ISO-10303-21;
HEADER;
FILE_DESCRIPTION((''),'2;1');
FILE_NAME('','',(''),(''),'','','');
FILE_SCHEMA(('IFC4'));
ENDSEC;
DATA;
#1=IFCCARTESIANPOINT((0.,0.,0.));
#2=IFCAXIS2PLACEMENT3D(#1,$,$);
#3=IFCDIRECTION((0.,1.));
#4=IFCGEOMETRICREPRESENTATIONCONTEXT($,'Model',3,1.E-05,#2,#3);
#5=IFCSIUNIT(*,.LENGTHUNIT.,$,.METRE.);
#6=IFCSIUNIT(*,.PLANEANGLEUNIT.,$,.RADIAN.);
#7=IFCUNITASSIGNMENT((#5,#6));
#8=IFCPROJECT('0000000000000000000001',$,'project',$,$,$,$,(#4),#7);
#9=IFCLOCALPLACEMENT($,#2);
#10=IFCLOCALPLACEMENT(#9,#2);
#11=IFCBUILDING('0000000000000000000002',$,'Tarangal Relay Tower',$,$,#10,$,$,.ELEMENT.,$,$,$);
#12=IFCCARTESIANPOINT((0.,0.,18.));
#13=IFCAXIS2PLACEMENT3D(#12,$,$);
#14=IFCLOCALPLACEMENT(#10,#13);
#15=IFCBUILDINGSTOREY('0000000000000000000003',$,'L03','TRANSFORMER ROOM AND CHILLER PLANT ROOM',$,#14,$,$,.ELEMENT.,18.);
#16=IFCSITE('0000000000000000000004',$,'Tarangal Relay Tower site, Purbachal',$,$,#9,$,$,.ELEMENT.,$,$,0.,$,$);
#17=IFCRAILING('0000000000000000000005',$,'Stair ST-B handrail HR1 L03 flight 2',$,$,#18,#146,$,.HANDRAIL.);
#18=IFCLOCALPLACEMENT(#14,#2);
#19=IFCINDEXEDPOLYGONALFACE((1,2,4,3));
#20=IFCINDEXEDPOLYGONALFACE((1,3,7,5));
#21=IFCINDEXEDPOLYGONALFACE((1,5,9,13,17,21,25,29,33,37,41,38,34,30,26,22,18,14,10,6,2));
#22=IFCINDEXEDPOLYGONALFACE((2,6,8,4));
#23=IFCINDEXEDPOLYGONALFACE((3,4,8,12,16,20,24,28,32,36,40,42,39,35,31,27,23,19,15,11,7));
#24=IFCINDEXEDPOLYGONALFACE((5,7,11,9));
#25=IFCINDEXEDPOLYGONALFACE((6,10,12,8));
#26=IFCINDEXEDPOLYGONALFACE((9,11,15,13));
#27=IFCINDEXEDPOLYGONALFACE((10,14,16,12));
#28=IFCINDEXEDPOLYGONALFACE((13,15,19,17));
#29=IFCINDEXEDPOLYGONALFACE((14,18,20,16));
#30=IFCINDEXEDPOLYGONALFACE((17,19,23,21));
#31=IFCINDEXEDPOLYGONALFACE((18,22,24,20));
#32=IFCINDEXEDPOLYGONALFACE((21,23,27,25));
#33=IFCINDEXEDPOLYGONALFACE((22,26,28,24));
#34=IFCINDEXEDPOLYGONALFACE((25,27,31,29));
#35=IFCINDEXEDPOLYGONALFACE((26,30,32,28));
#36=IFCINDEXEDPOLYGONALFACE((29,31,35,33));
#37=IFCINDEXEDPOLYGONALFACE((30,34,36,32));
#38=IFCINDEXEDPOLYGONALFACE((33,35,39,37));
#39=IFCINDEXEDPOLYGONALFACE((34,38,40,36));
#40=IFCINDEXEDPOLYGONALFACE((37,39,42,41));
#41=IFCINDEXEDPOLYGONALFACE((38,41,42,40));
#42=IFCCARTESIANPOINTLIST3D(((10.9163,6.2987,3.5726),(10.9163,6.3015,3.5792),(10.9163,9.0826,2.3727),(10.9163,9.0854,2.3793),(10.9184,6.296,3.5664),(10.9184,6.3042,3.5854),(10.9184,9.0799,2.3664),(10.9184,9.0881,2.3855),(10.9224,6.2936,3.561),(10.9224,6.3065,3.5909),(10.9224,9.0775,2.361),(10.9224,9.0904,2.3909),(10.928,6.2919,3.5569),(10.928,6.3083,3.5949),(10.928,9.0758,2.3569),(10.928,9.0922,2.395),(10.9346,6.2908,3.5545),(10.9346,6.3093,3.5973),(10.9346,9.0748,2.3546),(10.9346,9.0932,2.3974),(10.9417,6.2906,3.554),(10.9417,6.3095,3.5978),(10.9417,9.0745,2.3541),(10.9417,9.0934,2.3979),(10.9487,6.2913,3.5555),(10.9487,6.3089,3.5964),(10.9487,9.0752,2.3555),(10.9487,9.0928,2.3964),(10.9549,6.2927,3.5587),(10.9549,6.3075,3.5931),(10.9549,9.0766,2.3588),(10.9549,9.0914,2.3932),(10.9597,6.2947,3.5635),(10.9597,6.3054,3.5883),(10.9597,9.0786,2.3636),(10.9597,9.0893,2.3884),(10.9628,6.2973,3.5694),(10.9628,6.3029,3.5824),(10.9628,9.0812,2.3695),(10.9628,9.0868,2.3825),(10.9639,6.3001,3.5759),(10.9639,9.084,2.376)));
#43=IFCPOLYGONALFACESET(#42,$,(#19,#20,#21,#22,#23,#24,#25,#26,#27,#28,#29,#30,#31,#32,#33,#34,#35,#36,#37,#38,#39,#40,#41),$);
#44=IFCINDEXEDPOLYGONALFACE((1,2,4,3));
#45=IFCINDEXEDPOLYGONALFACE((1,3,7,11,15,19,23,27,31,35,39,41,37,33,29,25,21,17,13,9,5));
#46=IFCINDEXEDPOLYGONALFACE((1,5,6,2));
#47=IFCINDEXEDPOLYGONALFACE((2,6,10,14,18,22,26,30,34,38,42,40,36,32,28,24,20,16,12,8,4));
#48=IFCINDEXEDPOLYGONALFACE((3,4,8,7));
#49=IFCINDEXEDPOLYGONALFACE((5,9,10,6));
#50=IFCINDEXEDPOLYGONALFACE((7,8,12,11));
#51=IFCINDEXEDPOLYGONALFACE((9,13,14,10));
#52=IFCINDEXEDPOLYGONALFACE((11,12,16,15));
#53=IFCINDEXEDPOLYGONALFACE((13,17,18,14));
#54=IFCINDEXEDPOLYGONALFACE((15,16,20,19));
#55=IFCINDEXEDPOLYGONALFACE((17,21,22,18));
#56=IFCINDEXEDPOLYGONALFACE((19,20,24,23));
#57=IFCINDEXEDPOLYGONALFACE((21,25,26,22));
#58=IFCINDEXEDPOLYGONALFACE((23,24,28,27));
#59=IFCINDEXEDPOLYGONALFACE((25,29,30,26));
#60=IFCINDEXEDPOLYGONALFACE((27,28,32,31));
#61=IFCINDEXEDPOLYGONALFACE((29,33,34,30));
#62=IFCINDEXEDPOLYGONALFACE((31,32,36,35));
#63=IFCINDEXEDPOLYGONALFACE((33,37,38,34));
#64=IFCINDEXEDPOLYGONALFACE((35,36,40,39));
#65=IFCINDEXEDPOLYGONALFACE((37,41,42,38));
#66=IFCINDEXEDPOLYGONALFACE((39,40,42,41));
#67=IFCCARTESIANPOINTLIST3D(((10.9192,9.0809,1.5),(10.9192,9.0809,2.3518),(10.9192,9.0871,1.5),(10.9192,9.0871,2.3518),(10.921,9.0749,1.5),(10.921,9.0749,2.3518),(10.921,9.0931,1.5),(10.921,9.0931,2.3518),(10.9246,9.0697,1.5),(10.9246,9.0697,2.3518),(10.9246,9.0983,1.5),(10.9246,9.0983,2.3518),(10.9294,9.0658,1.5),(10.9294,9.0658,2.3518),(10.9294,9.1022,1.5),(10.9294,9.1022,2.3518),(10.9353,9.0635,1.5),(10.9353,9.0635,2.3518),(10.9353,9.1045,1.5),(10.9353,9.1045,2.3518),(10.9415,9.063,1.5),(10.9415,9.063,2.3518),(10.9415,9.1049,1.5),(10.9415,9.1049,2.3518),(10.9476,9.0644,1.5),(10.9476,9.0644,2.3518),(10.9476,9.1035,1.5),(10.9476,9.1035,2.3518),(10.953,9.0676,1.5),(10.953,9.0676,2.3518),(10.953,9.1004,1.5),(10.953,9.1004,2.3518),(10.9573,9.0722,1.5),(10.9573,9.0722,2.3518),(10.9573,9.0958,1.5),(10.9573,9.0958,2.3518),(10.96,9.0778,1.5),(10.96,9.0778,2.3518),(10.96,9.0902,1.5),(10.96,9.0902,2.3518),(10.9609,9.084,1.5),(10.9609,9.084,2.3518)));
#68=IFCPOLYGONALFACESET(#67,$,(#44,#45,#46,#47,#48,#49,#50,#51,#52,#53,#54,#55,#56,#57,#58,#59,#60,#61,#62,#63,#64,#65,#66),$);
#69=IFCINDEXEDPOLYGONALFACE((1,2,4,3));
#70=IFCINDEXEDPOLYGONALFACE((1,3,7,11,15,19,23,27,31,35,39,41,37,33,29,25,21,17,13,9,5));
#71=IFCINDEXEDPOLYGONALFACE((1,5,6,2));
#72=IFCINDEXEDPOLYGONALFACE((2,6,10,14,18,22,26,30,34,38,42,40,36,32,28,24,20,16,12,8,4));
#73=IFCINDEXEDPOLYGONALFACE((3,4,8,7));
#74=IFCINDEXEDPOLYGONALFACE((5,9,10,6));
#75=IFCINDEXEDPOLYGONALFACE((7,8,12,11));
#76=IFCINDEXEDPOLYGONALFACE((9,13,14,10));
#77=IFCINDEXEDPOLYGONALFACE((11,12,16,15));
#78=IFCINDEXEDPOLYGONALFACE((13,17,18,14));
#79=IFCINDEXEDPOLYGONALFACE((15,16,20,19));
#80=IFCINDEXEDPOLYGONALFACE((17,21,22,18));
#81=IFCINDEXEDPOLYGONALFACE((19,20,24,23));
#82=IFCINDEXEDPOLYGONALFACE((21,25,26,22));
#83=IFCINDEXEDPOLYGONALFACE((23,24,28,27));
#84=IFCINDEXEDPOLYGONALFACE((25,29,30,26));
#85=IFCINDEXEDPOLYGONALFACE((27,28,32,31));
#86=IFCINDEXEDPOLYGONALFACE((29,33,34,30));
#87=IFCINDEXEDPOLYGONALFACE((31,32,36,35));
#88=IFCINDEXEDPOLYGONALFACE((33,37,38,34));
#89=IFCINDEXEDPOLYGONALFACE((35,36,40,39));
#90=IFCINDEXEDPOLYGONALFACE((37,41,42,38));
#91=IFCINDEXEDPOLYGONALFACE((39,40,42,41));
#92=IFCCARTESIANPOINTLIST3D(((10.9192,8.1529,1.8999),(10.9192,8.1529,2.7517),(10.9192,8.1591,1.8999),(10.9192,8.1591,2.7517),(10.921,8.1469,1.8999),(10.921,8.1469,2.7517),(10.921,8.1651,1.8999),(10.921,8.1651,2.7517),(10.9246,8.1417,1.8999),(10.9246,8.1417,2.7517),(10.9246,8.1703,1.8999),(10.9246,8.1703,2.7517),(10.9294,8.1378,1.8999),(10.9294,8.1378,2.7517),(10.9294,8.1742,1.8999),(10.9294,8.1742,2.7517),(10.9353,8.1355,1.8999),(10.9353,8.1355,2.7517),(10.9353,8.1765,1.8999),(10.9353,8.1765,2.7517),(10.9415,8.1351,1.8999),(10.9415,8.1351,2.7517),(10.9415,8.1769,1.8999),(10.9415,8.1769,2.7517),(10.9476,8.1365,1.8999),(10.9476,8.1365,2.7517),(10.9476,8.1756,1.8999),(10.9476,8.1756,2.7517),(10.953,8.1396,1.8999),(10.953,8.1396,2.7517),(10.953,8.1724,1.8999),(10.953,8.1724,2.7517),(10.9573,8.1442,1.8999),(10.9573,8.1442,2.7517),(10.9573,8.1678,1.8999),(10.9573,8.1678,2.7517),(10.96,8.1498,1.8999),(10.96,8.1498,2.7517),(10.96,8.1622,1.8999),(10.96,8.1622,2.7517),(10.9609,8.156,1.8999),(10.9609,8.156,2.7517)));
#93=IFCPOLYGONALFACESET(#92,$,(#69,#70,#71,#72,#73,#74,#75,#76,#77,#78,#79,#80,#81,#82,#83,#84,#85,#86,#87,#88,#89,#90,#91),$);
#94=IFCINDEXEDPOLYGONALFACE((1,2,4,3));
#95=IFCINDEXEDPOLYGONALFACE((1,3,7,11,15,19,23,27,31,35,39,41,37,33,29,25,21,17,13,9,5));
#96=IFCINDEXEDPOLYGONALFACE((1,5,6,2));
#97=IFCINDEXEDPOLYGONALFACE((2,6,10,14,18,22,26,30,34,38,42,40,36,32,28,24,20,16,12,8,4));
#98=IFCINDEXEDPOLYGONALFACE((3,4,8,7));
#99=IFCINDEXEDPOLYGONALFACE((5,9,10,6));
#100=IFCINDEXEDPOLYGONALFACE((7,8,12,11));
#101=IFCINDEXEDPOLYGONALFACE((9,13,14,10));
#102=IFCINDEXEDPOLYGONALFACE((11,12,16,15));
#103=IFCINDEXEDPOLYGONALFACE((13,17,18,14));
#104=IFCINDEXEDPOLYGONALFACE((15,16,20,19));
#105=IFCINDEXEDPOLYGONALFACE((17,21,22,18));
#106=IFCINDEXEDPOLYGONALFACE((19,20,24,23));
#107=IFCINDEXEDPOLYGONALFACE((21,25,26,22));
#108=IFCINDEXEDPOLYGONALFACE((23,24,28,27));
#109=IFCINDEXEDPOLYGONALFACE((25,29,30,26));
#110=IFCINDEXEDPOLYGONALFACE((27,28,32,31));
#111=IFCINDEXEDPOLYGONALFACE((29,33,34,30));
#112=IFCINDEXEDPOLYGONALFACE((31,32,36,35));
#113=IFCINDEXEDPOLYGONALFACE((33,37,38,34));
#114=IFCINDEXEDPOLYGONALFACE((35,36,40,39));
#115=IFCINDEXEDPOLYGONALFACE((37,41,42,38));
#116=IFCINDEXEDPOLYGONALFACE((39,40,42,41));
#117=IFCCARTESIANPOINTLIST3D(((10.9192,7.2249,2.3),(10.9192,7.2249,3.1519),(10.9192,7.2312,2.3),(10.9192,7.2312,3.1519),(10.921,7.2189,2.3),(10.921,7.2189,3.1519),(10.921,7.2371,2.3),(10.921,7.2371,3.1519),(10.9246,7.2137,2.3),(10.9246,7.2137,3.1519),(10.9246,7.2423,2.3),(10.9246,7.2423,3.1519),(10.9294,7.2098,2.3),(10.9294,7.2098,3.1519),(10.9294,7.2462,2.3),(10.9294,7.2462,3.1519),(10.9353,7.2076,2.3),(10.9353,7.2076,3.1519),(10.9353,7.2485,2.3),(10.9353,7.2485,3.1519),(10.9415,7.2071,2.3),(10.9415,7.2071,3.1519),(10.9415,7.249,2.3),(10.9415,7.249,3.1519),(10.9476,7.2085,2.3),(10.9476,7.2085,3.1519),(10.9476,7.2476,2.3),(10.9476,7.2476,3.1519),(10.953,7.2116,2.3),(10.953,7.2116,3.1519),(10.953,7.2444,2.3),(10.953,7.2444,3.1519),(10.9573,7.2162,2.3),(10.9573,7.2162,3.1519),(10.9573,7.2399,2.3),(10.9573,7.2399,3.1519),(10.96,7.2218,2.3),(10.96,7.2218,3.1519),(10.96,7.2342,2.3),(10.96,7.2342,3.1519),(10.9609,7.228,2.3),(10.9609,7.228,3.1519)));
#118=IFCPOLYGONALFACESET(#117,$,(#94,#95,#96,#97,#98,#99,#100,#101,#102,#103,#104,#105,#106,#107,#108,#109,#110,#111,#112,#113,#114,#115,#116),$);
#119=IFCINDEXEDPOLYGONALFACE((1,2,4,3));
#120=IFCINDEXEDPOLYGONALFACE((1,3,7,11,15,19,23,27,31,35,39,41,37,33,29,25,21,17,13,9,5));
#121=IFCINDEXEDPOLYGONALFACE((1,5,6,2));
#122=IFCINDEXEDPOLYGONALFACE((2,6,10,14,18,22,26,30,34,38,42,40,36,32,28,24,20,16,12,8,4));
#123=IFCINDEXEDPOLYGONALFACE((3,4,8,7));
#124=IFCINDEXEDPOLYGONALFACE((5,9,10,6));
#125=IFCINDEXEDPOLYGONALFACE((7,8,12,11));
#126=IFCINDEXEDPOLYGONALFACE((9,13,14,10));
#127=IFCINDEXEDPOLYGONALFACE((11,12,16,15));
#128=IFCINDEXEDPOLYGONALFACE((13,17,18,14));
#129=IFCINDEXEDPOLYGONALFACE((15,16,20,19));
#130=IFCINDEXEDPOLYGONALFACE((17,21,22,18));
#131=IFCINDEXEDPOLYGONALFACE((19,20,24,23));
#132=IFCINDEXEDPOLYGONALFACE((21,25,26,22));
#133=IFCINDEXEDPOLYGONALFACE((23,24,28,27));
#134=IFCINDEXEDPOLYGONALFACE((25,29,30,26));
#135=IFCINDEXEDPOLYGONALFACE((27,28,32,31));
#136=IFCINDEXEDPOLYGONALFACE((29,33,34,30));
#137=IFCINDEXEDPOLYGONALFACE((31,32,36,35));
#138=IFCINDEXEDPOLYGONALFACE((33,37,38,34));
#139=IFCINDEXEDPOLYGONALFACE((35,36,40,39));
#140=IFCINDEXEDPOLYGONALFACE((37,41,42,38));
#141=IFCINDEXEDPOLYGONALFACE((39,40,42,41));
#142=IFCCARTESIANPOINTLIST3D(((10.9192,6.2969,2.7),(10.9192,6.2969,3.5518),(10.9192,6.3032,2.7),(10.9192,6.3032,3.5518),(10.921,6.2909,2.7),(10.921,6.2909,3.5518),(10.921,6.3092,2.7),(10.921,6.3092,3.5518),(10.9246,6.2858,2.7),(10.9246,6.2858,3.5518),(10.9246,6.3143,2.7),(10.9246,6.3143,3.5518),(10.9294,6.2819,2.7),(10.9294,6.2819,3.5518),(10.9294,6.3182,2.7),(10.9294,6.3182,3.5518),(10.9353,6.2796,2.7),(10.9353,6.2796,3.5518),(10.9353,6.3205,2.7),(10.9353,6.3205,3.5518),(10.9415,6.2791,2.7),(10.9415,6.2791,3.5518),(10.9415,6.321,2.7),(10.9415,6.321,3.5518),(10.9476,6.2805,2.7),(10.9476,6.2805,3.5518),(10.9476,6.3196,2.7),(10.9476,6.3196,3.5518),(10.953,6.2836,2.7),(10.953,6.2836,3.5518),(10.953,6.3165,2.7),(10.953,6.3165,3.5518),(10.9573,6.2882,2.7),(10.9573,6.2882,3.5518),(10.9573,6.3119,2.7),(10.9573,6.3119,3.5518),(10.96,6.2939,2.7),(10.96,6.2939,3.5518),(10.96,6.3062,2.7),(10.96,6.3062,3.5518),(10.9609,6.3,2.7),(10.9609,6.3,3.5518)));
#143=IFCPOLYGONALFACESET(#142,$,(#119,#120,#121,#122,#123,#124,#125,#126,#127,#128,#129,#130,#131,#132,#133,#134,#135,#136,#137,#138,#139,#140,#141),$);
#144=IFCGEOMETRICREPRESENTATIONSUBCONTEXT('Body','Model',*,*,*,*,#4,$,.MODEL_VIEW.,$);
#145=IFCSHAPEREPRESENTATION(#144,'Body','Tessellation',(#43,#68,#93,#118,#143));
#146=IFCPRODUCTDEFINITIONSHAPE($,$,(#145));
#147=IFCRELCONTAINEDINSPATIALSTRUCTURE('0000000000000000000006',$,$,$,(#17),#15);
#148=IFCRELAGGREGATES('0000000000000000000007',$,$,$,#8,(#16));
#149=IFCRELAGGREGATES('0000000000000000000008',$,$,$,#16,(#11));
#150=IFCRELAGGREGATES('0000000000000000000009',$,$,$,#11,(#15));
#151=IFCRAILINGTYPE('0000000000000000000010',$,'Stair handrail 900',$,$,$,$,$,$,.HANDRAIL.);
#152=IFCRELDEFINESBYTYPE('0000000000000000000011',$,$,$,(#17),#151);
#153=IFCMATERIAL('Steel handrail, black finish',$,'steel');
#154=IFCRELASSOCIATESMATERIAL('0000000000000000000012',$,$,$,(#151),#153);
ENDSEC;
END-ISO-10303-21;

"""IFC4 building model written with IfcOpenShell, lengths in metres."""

from ifc_helpers import new_model, si_unit, direction, frame, origin, origin_2d, place, context, subcontext, project, spatial, circle, extrude, material, type_object, element, save


model = new_model("IFC4")

# Units and contexts
model_context = context("Model", 3, precision=1e-05, world=origin(), true_north=direction((0.0, 1.0)))
body_context = subcontext(model_context, "Body", "Model", "MODEL_VIEW")
ifc_project = project(units=[si_unit("LENGTHUNIT", "METRE"), si_unit("PLANEANGLEUNIT", "RADIAN")], contexts=[model_context])

# Site, building, storey
site_placement = place(None, origin())
site = spatial("IfcSite", under=ifc_project, at=site_placement, Name="Tarangal Relay Tower site, Purbachal", CompositionType="ELEMENT", RefElevation=0.0)
building_placement = place(site_placement, origin())
building = spatial("IfcBuilding", under=site, at=building_placement, Name="Tarangal Relay Tower", CompositionType="ELEMENT")
storey_placement = place(building_placement, frame((0.0, 0.0, 18.0)))
storey = spatial("IfcBuildingStorey", under=building, at=storey_placement, Name="L03", Description="TRANSFORMER ROOM AND CHILLER PLANT ROOM", CompositionType="ELEMENT", Elevation=18.0)

# Railing
ifc_material_1 = material(Name="Steel handrail, black finish", Category="steel")
railing_type_1 = type_object("IfcRailingType", Name="Stair handrail 900", PredefinedType="HANDRAIL", material=ifc_material_1)
for number, where, name in (
    (1, (10.9399, 9.084, 1.5), "Stair ST-B handrail HR1 L03 flight 2"),
):
    element("IfcRailing", number, at=place(storey_placement, frame(where)), inside=storey, type_object=railing_type_1, Name=name, PredefinedType="HANDRAIL", context=body_context, shape_type="SweptSolid", body=[
        extrude(circle(Radius=0.0239, at=origin_2d()), frame((0.0, 0.0, 0.876), z_axis=(0.0, -0.918327, 0.395823), x_axis=(1.0, 0.0, 0.0)), (0.0, 0.0, 1.0), 3.0315),
        extrude(circle(Radius=0.021, at=origin_2d()), origin(), (0.0, 0.0, 1.0), 0.8518),
        extrude(circle(Radius=0.021, at=origin_2d()), frame((0.0, -0.928, 0.3999)), (0.0, 0.0, 1.0), 0.8518),
        extrude(circle(Radius=0.021, at=origin_2d()), frame((0.0, -1.856, 0.8)), (0.0, 0.0, 1.0), 0.8518),
        extrude(circle(Radius=0.021, at=origin_2d()), frame((0.0, -2.7839, 1.2)), (0.0, 0.0, 1.0), 0.8518),
    ])

save(model, "model.ifc")
